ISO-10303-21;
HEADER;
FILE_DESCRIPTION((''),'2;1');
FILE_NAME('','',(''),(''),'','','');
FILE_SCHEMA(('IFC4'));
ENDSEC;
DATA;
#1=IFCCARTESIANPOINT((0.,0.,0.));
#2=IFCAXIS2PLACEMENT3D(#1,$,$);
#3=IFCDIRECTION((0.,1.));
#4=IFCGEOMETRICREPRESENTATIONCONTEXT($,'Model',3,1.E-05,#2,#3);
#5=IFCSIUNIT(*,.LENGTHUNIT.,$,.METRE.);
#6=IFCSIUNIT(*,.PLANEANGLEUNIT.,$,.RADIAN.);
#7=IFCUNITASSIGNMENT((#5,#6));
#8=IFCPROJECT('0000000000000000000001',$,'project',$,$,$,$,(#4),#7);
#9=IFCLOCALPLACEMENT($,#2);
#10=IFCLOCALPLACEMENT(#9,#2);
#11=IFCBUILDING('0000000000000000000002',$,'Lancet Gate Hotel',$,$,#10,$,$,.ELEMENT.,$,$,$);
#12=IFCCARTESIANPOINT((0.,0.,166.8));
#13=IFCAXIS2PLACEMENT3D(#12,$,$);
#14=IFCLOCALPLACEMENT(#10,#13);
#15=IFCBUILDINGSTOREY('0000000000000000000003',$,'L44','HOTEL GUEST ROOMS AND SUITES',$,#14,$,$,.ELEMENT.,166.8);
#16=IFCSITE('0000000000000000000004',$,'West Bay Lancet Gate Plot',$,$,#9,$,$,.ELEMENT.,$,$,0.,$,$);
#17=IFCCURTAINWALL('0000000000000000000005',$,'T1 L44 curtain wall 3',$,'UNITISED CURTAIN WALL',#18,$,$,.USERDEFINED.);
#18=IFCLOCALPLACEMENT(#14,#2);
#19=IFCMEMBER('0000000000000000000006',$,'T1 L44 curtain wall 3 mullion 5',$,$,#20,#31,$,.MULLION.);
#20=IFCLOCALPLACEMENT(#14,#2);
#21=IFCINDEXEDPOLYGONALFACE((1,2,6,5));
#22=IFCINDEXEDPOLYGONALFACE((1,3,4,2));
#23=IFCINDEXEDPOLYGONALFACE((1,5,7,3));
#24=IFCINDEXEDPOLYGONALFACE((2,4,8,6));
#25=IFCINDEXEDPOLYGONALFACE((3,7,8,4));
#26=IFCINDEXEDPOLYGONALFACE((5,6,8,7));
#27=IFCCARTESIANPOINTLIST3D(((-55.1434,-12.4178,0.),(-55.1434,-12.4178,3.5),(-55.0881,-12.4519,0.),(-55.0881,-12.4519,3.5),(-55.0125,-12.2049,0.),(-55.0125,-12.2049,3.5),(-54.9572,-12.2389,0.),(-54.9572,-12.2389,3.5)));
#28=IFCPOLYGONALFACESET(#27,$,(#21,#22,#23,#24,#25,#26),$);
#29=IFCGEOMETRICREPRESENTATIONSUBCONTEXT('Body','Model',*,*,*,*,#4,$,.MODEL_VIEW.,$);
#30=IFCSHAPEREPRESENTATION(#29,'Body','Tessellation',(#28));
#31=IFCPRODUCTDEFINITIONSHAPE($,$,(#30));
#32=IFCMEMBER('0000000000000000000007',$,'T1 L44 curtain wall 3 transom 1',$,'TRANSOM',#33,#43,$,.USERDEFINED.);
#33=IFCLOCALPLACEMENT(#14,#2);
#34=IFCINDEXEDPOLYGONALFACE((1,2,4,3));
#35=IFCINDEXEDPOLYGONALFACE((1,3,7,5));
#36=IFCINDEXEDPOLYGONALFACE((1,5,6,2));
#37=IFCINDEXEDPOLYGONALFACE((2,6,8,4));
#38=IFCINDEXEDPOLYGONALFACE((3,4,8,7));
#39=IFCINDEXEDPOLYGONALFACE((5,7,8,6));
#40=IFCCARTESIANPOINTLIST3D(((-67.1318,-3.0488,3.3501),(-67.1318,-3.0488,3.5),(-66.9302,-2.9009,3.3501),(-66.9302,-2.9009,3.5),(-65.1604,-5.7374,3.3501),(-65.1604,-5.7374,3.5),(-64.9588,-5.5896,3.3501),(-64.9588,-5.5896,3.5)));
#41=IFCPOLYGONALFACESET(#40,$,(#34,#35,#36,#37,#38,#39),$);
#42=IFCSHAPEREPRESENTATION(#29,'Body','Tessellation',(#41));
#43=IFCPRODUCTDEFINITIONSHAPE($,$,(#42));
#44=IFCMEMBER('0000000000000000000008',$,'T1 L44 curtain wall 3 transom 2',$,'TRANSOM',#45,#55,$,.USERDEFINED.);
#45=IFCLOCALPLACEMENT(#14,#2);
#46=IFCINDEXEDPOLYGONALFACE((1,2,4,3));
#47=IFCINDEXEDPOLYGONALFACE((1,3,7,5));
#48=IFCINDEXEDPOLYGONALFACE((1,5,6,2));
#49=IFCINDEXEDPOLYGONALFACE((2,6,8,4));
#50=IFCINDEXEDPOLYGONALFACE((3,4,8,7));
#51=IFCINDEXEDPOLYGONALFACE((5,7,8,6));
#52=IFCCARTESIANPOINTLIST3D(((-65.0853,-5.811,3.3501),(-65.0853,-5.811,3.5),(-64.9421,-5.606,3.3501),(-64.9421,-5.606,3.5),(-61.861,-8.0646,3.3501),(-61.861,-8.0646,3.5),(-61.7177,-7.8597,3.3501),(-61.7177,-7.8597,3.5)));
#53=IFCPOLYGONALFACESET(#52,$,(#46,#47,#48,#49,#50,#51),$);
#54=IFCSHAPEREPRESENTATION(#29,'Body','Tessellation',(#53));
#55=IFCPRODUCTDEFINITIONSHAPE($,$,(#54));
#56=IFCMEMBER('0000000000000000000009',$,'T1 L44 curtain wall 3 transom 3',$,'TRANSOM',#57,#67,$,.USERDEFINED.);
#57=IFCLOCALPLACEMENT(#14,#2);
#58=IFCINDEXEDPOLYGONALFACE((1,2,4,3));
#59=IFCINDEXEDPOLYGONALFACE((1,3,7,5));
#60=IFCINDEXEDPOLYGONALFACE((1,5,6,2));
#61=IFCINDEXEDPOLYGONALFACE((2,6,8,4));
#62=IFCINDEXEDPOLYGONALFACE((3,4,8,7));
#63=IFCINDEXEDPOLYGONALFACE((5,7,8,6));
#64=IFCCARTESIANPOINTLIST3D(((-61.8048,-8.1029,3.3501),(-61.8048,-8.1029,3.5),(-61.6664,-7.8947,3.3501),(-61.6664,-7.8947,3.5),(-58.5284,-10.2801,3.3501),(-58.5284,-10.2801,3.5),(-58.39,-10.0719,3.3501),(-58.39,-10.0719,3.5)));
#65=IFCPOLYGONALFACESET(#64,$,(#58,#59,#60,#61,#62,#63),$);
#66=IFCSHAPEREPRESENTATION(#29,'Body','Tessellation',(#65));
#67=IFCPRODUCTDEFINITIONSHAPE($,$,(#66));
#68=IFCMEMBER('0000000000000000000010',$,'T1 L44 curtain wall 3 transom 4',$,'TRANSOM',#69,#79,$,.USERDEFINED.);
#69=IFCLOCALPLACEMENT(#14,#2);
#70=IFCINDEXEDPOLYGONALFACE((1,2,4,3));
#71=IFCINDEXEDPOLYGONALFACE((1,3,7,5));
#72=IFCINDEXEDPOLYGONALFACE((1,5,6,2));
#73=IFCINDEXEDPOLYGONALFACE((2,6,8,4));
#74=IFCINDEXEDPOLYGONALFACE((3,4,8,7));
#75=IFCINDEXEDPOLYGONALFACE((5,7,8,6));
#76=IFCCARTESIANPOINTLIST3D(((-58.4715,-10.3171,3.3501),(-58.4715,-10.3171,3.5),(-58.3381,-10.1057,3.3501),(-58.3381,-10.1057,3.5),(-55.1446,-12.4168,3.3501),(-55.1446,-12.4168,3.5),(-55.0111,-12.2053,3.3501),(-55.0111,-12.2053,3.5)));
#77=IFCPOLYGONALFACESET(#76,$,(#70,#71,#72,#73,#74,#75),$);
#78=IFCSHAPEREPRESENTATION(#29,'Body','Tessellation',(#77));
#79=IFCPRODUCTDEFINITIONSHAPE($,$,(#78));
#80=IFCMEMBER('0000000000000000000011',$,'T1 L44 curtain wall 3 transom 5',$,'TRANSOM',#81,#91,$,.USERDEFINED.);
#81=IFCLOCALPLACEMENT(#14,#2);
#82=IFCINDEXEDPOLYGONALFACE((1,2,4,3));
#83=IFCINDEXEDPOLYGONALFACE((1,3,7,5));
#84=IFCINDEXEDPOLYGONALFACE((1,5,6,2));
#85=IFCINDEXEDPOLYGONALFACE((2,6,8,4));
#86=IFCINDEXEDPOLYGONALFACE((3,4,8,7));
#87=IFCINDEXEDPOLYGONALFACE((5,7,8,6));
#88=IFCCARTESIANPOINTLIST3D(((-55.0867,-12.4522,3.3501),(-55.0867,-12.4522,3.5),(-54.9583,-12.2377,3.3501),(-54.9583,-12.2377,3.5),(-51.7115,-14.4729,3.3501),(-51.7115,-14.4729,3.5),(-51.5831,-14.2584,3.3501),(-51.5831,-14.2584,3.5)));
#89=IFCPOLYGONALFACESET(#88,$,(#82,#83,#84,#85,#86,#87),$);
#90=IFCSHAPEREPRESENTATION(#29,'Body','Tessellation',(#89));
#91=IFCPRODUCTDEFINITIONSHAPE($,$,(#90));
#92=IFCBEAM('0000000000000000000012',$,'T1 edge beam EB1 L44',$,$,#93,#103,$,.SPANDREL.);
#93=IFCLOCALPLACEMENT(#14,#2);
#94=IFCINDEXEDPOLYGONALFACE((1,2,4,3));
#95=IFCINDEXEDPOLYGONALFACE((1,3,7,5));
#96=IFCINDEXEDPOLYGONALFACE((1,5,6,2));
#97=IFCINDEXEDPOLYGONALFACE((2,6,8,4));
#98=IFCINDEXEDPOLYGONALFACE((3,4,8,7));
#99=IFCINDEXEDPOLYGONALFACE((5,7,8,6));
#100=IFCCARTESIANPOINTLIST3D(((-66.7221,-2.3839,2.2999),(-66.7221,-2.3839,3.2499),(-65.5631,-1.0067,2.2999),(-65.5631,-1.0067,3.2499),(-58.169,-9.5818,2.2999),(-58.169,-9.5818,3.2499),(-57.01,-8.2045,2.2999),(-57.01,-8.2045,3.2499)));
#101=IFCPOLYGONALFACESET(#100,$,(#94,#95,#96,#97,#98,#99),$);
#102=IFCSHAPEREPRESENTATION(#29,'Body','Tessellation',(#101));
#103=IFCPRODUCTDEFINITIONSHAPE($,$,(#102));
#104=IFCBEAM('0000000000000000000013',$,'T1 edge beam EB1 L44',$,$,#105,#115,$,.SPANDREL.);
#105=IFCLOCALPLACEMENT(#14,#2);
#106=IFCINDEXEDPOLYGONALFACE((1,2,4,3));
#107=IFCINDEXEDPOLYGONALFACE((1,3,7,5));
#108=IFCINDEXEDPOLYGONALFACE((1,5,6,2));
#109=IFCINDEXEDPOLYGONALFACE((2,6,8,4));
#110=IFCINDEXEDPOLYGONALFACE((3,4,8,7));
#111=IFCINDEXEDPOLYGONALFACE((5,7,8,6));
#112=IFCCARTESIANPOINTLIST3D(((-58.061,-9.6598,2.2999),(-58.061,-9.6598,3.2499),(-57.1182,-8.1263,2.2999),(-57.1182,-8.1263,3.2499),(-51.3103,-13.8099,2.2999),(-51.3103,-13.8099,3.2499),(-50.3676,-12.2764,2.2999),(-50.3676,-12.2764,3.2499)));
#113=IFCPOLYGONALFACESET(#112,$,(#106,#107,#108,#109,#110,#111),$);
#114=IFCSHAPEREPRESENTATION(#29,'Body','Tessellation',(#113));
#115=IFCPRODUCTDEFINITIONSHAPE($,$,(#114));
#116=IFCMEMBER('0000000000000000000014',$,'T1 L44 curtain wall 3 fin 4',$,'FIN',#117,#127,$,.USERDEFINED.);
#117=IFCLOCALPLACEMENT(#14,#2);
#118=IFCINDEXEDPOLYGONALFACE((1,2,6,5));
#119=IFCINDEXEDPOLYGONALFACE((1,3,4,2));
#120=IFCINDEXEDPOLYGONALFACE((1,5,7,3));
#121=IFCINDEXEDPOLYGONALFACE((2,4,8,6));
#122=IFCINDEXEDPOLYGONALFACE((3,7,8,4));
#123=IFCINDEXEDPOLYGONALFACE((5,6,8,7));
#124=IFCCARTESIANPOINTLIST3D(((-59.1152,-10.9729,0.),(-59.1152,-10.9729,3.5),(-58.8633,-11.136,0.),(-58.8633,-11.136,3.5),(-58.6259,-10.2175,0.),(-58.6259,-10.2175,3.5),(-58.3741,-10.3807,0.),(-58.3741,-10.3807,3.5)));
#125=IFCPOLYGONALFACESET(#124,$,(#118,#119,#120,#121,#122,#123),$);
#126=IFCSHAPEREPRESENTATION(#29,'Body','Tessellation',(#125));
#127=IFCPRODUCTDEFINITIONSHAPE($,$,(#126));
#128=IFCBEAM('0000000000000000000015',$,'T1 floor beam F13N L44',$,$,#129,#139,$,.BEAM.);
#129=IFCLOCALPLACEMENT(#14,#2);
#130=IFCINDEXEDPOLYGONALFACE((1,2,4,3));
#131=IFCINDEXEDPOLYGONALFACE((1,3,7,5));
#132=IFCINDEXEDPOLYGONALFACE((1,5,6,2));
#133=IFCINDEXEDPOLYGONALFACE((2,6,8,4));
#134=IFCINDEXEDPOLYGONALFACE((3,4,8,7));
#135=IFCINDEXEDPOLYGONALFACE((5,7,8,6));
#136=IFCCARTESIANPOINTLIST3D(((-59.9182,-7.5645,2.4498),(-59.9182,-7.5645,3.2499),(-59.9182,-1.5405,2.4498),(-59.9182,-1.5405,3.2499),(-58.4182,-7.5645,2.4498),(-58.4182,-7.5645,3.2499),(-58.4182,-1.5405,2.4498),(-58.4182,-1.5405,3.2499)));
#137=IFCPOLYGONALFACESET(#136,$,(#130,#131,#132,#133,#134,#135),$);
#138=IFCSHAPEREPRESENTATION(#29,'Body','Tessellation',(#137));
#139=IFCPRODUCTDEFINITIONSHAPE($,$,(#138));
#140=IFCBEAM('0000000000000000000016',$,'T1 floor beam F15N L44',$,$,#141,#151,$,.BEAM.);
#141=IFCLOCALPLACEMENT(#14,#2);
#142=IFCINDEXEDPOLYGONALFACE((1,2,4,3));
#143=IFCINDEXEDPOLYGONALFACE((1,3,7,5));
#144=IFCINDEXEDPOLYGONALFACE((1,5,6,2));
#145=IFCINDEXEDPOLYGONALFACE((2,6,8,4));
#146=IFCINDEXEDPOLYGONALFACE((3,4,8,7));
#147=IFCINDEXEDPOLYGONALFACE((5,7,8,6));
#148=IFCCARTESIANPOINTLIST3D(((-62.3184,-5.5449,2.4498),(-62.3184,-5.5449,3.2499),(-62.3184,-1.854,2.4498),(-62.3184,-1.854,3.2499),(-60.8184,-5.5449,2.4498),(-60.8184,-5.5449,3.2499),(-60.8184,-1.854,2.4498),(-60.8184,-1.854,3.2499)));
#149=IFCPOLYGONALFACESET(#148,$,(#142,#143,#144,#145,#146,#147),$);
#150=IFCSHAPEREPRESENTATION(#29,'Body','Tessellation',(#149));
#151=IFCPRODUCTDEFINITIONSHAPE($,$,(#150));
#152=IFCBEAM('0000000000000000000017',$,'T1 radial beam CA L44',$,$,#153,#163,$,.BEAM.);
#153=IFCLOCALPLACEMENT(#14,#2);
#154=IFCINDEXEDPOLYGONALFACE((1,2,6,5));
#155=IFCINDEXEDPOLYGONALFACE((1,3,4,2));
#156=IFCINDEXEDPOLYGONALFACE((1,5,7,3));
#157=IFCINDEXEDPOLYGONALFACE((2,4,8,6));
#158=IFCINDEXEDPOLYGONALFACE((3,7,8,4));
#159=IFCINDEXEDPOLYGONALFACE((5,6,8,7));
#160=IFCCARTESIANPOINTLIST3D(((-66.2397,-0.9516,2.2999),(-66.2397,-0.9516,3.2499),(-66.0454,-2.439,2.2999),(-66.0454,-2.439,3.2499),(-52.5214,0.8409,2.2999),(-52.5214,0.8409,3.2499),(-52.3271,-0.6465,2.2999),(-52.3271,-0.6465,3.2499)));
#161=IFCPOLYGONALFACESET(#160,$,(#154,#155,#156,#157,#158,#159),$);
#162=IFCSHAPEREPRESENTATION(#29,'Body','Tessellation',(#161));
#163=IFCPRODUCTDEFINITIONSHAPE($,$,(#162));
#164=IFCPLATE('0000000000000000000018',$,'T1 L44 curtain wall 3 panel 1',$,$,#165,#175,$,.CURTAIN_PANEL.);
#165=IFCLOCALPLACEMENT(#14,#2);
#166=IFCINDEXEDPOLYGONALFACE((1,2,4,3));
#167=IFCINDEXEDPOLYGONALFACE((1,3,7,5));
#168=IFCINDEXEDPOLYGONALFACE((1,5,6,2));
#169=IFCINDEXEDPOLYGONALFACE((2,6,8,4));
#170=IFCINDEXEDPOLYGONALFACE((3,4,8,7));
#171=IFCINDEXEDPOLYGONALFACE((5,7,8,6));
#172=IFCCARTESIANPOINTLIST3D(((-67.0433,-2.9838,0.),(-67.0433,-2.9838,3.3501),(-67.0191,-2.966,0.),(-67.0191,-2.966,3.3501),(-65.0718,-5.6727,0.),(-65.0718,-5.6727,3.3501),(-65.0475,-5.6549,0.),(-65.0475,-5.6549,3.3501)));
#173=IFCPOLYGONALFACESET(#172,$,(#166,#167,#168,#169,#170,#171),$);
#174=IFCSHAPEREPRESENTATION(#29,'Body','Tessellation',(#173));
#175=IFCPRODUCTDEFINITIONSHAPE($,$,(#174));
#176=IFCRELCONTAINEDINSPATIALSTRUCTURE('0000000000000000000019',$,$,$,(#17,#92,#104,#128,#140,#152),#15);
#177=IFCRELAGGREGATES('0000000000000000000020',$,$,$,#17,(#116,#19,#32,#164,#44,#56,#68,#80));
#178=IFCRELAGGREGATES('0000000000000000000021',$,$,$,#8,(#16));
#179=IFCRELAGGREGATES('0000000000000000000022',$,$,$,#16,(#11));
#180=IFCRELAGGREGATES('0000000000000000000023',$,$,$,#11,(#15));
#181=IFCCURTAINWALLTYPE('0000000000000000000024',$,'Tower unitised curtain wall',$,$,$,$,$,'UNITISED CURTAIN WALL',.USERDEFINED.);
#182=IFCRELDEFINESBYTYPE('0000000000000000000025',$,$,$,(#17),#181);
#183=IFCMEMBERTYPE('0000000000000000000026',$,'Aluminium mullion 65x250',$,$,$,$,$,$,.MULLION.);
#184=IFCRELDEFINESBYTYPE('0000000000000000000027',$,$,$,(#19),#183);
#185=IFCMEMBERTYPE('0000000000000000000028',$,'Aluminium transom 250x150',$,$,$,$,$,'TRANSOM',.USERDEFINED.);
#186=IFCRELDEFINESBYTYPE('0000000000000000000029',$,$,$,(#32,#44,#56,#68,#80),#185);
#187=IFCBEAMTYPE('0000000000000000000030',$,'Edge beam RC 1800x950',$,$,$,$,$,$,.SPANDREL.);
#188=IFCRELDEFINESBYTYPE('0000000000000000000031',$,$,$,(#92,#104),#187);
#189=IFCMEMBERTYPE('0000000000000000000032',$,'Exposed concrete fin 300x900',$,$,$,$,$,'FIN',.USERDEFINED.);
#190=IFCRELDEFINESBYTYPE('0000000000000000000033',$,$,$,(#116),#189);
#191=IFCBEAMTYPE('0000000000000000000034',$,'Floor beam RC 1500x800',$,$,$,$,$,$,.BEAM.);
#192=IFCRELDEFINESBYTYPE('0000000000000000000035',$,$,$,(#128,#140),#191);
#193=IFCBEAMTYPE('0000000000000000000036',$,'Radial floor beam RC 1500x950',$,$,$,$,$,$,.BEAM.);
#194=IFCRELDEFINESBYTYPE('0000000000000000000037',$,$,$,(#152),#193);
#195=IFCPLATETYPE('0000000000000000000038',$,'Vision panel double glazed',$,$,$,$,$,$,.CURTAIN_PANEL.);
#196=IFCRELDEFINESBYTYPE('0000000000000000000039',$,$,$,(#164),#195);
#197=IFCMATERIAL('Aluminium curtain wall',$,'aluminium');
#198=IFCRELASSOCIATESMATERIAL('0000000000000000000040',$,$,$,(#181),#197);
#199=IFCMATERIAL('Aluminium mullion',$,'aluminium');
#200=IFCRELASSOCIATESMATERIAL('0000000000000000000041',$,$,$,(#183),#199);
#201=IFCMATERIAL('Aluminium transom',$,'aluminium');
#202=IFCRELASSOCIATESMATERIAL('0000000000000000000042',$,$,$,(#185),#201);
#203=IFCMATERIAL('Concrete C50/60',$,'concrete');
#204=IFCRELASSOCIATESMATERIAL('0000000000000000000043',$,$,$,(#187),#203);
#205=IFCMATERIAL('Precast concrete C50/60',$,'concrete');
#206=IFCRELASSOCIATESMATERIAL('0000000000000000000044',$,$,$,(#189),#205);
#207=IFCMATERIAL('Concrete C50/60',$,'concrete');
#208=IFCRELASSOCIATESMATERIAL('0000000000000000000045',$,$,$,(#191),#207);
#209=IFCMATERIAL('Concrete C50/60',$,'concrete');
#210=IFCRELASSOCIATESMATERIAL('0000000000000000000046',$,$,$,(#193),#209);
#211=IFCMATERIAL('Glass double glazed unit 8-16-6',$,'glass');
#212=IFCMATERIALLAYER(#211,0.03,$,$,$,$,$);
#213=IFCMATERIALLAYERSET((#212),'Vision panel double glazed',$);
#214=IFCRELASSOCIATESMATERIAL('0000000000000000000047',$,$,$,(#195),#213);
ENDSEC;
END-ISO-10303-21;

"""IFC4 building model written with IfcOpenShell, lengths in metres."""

from ifc_helpers import new_model, si_unit, direction, frame, origin, origin_2d, place, context, subcontext, project, spatial, rectangle, extrude, material, layer, layer_set, material_profile, profile_set, type_object, element, aggregate, save


model = new_model("IFC4")

# Units and contexts
model_context = context("Model", 3, precision=1e-05, world=origin(), true_north=direction((0.0, 1.0)))
body_context = subcontext(model_context, "Body", "Model", "MODEL_VIEW")
ifc_project = project(units=[si_unit("LENGTHUNIT", "METRE"), si_unit("PLANEANGLEUNIT", "RADIAN")], contexts=[model_context])

# Site, building, storey
site_placement = place(None, origin())
site = spatial("IfcSite", under=ifc_project, at=site_placement, Name="West Bay Lancet Gate Plot", CompositionType="ELEMENT", RefElevation=0.0)
building_placement = place(site_placement, origin())
building = spatial("IfcBuilding", under=site, at=building_placement, Name="Lancet Gate Hotel", CompositionType="ELEMENT")
storey_placement = place(building_placement, frame((0.0, 0.0, 166.8)))
storey = spatial("IfcBuildingStorey", under=building, at=storey_placement, Name="L44", Description="HOTEL GUEST ROOMS AND SUITES", CompositionType="ELEMENT", Elevation=166.8)

# Curtain wall, members
ifc_material_1 = material(Name="Aluminium curtain wall", Category="aluminium")
curtain_wall_type = type_object("IfcCurtainWallType", Name="Tower unitised curtain wall", ElementType="UNITISED CURTAIN WALL", PredefinedType="USERDEFINED", material=ifc_material_1)
curtain_wall_placement = place(storey_placement, origin())
curtain_wall = element("IfcCurtainWall", 1, at=curtain_wall_placement, inside=storey, type_object=curtain_wall_type, Name="T1 L44 curtain wall 3", ObjectType="UNITISED CURTAIN WALL", PredefinedType="USERDEFINED")
ifc_material_2 = material(Name="Aluminium mullion", Category="aluminium")
ifc_material_profile_1 = material_profile(ifc_material_2, rectangle(XDim=0.0649, YDim=0.25, at=origin_2d()), Name="MULLION 65x250")
ifc_profile_set_1 = profile_set([ifc_material_profile_1], Name="Aluminium mullion")
member_type_1 = type_object("IfcMemberType", Name="Aluminium mullion 65x250", PredefinedType="MULLION", material=ifc_profile_set_1)
member_1_placement = place(storey_placement, frame((-55.0503, -12.3284, 0.0), z_axis=(0.0, 0.0, 1.0), x_axis=(0.851886, -0.523728, 0.0)))
member_1 = element("IfcMember", 2, at=member_1_placement, type_object=member_type_1, Name="T1 L44 curtain wall 3 mullion 5", PredefinedType="MULLION", context=body_context, shape_type="SweptSolid", body=[
    extrude(rectangle(XDim=0.0649, YDim=0.25, at=origin_2d()), origin(), (0.0, 0.0, 1.0), 3.5),
])
ifc_material_3 = material(Name="Aluminium transom", Category="aluminium")
ifc_material_profile_2 = material_profile(ifc_material_3, rectangle(XDim=0.25, YDim=0.1499, at=origin_2d()), Name="TRANSOM 250x150")
ifc_profile_set_2 = profile_set([ifc_material_profile_2], Name="Aluminium transom")
member_type_2 = type_object("IfcMemberType", Name="Aluminium transom 250x150", ElementType="TRANSOM", PredefinedType="USERDEFINED", material=ifc_profile_set_2)
member_2_placement = place(storey_placement, frame((-67.031, -2.9749, 3.425), z_axis=(0.591307, -0.806447, 0.0), x_axis=(0.806447, 0.591307, 0.0)))
member_2 = element("IfcMember", 3, at=member_2_placement, type_object=member_type_2, Name="T1 L44 curtain wall 3 transom 1", ObjectType="TRANSOM", PredefinedType="USERDEFINED", context=body_context, shape_type="SweptSolid", body=[
    extrude(rectangle(XDim=0.25, YDim=0.1499, at=origin_2d()), origin(), (0.0, 0.0, 1.0), 3.334),
])
member_3_placement = place(storey_placement, frame((-65.0137, -5.7085, 3.425), z_axis=(0.819637, -0.572883, 0.0), x_axis=(0.572883, 0.819637, 0.0)))
member_3 = element("IfcMember", 4, at=member_3_placement, type_object=member_type_2, Name="T1 L44 curtain wall 3 transom 2", ObjectType="TRANSOM", PredefinedType="USERDEFINED", context=body_context, shape_type="SweptSolid", body=[
    extrude(rectangle(XDim=0.25, YDim=0.1499, at=origin_2d()), origin(), (0.0, 0.0, 1.0), 3.9338),
])
member_4_placement = place(storey_placement, frame((-61.7356, -7.9988, 3.425), z_axis=(0.832871, -0.553468, 0.0), x_axis=(0.553468, 0.832871, 0.0)))
member_4 = element("IfcMember", 5, at=member_4_placement, type_object=member_type_2, Name="T1 L44 curtain wall 3 transom 3", ObjectType="TRANSOM", PredefinedType="USERDEFINED", context=body_context, shape_type="SweptSolid", body=[
    extrude(rectangle(XDim=0.25, YDim=0.1499, at=origin_2d()), origin(), (0.0, 0.0, 1.0), 3.9338),
])
member_5_placement = place(storey_placement, frame((-58.4048, -10.2114, 3.425), z_axis=(0.845672, -0.533703, 0.0), x_axis=(0.533703, 0.845672, 0.0)))
member_5 = element("IfcMember", 6, at=member_5_placement, type_object=member_type_2, Name="T1 L44 curtain wall 3 transom 4", ObjectType="TRANSOM", PredefinedType="USERDEFINED", context=body_context, shape_type="SweptSolid", body=[
    extrude(rectangle(XDim=0.25, YDim=0.1499, at=origin_2d()), origin(), (0.0, 0.0, 1.0), 3.9341),
])
member_6_placement = place(storey_placement, frame((-55.0225, -12.345, 3.425), z_axis=(0.857985, -0.513674, 0.0), x_axis=(0.513674, 0.857985, 0.0)))
member_6 = element("IfcMember", 7, at=member_6_placement, type_object=member_type_2, Name="T1 L44 curtain wall 3 transom 5", ObjectType="TRANSOM", PredefinedType="USERDEFINED", context=body_context, shape_type="SweptSolid", body=[
    extrude(rectangle(XDim=0.25, YDim=0.1499, at=origin_2d()), origin(), (0.0, 0.0, 1.0), 3.9338),
])

# Beams
ifc_material_4 = material(Name="Concrete C50/60", Category="concrete")
ifc_material_profile_3 = material_profile(ifc_material_4, rectangle(XDim=1.8, YDim=0.95, at=origin_2d()), Name="RC 1800x950")
ifc_profile_set_3 = profile_set([ifc_material_profile_3], Name="Concrete C50/60")
beam_type_1 = type_object("IfcBeamType", Name="Edge beam RC 1800x950", PredefinedType="SPANDREL", material=ifc_profile_set_3)
beam_1_placement = place(storey_placement, frame((-66.1426, -1.6953, 2.7749), z_axis=(0.765121, -0.643887, 0.0), x_axis=(0.643887, 0.765121, 0.0)))
element("IfcBeam", 8, at=beam_1_placement, inside=storey, type_object=beam_type_1, Name="T1 edge beam EB1 L44", PredefinedType="SPANDREL", context=body_context, shape_type="SweptSolid", body=[
    extrude(rectangle(XDim=1.8, YDim=0.95, at=origin_2d()), origin(), (0.0, 0.0, 1.0), 11.1787),
])
beam_2_placement = place(storey_placement, frame((-57.5896, -8.8931, 2.7749), z_axis=(0.851892, -0.523717, 0.0), x_axis=(0.523717, 0.851892, 0.0)))
element("IfcBeam", 9, at=beam_2_placement, inside=storey, type_object=beam_type_1, Name="T1 edge beam EB1 L44", PredefinedType="SPANDREL", context=body_context, shape_type="SweptSolid", body=[
    extrude(rectangle(XDim=1.8, YDim=0.95, at=origin_2d()), origin(), (0.0, 0.0, 1.0), 7.9243),
])

# Member
ifc_material_5 = material(Name="Precast concrete C50/60", Category="concrete")
ifc_material_profile_4 = material_profile(ifc_material_5, rectangle(XDim=0.3, YDim=0.8999, at=origin_2d()), Name="FIN 300x900")
ifc_profile_set_4 = profile_set([ifc_material_profile_4], Name="Precast concrete C50/60")
member_type_3 = type_object("IfcMemberType", Name="Exposed concrete fin 300x900", ElementType="FIN", PredefinedType="USERDEFINED", material=ifc_profile_set_4)
member_7_placement = place(storey_placement, frame((-58.7446, -10.6768, 0.0), z_axis=(0.0, 0.0, 1.0), x_axis=(0.839331, -0.543621, 0.0)))
member_7 = element("IfcMember", 10, at=member_7_placement, type_object=member_type_3, Name="T1 L44 curtain wall 3 fin 4", ObjectType="FIN", PredefinedType="USERDEFINED", context=body_context, shape_type="SweptSolid", body=[
    extrude(rectangle(XDim=0.3, YDim=0.8999, at=origin_2d()), origin(), (0.0, 0.0, 1.0), 3.5),
])

# Beams
ifc_material_6 = material(Name="Concrete C50/60", Category="concrete")
ifc_material_profile_5 = material_profile(ifc_material_6, rectangle(XDim=1.5, YDim=0.8, at=origin_2d()), Name="RC 1500x800")
ifc_profile_set_5 = profile_set([ifc_material_profile_5], Name="Concrete C50/60")
beam_type_2 = type_object("IfcBeamType", Name="Floor beam RC 1500x800", PredefinedType="BEAM", material=ifc_profile_set_5)
beam_3_placement = place(storey_placement, frame((-59.1682, -1.5405, 2.8499), z_axis=(0.0, -1.0, 0.0), x_axis=(1.0, 0.0, 0.0)))
element("IfcBeam", 11, at=beam_3_placement, inside=storey, type_object=beam_type_2, Name="T1 floor beam F13N L44", PredefinedType="BEAM", context=body_context, shape_type="SweptSolid", body=[
    extrude(rectangle(XDim=1.5, YDim=0.8, at=origin_2d()), origin(), (0.0, 0.0, 1.0), 6.0239),
])
beam_4_placement = place(storey_placement, frame((-61.5684, -1.854, 2.8499), z_axis=(0.0, -1.0, 0.0), x_axis=(1.0, 0.0, 0.0)))
element("IfcBeam", 12, at=beam_4_placement, inside=storey, type_object=beam_type_2, Name="T1 floor beam F15N L44", PredefinedType="BEAM", context=body_context, shape_type="SweptSolid", body=[
    extrude(rectangle(XDim=1.5, YDim=0.8, at=origin_2d()), origin(), (0.0, 0.0, 1.0), 3.6909),
])
ifc_material_7 = material(Name="Concrete C50/60", Category="concrete")
ifc_material_profile_6 = material_profile(ifc_material_7, rectangle(XDim=1.5, YDim=0.95, at=origin_2d()), Name="RC 1500x950")
ifc_profile_set_6 = profile_set([ifc_material_profile_6], Name="Concrete C50/60")
beam_type_3 = type_object("IfcBeamType", Name="Radial floor beam RC 1500x950", PredefinedType="BEAM", material=ifc_profile_set_6)
beam_5_placement = place(storey_placement, frame((-66.1426, -1.6953, 2.7749), z_axis=(0.991571, 0.129562, 0.0), x_axis=(-0.129562, 0.991571, 0.0)))
element("IfcBeam", 13, at=beam_5_placement, inside=storey, type_object=beam_type_3, Name="T1 radial beam CA L44", PredefinedType="BEAM", context=body_context, shape_type="SweptSolid", body=[
    extrude(rectangle(XDim=1.5, YDim=0.95, at=origin_2d()), origin(), (0.0, 0.0, 1.0), 13.835),
])

# Plate
ifc_material_8 = material(Name="Glass double glazed unit 8-16-6", Category="glass")
ifc_layer_1 = layer(ifc_material_8, 0.03)
ifc_layer_set_1 = layer_set([ifc_layer_1], Name="Vision panel double glazed")
plate_type = type_object("IfcPlateType", Name="Vision panel double glazed", PredefinedType="CURTAIN_PANEL", material=ifc_layer_set_1)
plate_1_placement = place(storey_placement, frame((-66.0454, -4.3193, 0.0), z_axis=(0.0, 0.0, 1.0), x_axis=(0.5913, -0.806452, 0.0)))
plate_1 = element("IfcPlate", 14, at=plate_1_placement, type_object=plate_type, Name="T1 L44 curtain wall 3 panel 1", PredefinedType="CURTAIN_PANEL", context=body_context, shape_type="SweptSolid", body=[
    extrude(rectangle(XDim=3.3342, YDim=0.03, at=origin_2d()), origin(), (0.0, 0.0, 1.0), 3.3501),
])
aggregate(curtain_wall, [member_7, member_1, member_2, plate_1, member_3, member_4, member_5, member_6])

save(model, "model.ifc")
